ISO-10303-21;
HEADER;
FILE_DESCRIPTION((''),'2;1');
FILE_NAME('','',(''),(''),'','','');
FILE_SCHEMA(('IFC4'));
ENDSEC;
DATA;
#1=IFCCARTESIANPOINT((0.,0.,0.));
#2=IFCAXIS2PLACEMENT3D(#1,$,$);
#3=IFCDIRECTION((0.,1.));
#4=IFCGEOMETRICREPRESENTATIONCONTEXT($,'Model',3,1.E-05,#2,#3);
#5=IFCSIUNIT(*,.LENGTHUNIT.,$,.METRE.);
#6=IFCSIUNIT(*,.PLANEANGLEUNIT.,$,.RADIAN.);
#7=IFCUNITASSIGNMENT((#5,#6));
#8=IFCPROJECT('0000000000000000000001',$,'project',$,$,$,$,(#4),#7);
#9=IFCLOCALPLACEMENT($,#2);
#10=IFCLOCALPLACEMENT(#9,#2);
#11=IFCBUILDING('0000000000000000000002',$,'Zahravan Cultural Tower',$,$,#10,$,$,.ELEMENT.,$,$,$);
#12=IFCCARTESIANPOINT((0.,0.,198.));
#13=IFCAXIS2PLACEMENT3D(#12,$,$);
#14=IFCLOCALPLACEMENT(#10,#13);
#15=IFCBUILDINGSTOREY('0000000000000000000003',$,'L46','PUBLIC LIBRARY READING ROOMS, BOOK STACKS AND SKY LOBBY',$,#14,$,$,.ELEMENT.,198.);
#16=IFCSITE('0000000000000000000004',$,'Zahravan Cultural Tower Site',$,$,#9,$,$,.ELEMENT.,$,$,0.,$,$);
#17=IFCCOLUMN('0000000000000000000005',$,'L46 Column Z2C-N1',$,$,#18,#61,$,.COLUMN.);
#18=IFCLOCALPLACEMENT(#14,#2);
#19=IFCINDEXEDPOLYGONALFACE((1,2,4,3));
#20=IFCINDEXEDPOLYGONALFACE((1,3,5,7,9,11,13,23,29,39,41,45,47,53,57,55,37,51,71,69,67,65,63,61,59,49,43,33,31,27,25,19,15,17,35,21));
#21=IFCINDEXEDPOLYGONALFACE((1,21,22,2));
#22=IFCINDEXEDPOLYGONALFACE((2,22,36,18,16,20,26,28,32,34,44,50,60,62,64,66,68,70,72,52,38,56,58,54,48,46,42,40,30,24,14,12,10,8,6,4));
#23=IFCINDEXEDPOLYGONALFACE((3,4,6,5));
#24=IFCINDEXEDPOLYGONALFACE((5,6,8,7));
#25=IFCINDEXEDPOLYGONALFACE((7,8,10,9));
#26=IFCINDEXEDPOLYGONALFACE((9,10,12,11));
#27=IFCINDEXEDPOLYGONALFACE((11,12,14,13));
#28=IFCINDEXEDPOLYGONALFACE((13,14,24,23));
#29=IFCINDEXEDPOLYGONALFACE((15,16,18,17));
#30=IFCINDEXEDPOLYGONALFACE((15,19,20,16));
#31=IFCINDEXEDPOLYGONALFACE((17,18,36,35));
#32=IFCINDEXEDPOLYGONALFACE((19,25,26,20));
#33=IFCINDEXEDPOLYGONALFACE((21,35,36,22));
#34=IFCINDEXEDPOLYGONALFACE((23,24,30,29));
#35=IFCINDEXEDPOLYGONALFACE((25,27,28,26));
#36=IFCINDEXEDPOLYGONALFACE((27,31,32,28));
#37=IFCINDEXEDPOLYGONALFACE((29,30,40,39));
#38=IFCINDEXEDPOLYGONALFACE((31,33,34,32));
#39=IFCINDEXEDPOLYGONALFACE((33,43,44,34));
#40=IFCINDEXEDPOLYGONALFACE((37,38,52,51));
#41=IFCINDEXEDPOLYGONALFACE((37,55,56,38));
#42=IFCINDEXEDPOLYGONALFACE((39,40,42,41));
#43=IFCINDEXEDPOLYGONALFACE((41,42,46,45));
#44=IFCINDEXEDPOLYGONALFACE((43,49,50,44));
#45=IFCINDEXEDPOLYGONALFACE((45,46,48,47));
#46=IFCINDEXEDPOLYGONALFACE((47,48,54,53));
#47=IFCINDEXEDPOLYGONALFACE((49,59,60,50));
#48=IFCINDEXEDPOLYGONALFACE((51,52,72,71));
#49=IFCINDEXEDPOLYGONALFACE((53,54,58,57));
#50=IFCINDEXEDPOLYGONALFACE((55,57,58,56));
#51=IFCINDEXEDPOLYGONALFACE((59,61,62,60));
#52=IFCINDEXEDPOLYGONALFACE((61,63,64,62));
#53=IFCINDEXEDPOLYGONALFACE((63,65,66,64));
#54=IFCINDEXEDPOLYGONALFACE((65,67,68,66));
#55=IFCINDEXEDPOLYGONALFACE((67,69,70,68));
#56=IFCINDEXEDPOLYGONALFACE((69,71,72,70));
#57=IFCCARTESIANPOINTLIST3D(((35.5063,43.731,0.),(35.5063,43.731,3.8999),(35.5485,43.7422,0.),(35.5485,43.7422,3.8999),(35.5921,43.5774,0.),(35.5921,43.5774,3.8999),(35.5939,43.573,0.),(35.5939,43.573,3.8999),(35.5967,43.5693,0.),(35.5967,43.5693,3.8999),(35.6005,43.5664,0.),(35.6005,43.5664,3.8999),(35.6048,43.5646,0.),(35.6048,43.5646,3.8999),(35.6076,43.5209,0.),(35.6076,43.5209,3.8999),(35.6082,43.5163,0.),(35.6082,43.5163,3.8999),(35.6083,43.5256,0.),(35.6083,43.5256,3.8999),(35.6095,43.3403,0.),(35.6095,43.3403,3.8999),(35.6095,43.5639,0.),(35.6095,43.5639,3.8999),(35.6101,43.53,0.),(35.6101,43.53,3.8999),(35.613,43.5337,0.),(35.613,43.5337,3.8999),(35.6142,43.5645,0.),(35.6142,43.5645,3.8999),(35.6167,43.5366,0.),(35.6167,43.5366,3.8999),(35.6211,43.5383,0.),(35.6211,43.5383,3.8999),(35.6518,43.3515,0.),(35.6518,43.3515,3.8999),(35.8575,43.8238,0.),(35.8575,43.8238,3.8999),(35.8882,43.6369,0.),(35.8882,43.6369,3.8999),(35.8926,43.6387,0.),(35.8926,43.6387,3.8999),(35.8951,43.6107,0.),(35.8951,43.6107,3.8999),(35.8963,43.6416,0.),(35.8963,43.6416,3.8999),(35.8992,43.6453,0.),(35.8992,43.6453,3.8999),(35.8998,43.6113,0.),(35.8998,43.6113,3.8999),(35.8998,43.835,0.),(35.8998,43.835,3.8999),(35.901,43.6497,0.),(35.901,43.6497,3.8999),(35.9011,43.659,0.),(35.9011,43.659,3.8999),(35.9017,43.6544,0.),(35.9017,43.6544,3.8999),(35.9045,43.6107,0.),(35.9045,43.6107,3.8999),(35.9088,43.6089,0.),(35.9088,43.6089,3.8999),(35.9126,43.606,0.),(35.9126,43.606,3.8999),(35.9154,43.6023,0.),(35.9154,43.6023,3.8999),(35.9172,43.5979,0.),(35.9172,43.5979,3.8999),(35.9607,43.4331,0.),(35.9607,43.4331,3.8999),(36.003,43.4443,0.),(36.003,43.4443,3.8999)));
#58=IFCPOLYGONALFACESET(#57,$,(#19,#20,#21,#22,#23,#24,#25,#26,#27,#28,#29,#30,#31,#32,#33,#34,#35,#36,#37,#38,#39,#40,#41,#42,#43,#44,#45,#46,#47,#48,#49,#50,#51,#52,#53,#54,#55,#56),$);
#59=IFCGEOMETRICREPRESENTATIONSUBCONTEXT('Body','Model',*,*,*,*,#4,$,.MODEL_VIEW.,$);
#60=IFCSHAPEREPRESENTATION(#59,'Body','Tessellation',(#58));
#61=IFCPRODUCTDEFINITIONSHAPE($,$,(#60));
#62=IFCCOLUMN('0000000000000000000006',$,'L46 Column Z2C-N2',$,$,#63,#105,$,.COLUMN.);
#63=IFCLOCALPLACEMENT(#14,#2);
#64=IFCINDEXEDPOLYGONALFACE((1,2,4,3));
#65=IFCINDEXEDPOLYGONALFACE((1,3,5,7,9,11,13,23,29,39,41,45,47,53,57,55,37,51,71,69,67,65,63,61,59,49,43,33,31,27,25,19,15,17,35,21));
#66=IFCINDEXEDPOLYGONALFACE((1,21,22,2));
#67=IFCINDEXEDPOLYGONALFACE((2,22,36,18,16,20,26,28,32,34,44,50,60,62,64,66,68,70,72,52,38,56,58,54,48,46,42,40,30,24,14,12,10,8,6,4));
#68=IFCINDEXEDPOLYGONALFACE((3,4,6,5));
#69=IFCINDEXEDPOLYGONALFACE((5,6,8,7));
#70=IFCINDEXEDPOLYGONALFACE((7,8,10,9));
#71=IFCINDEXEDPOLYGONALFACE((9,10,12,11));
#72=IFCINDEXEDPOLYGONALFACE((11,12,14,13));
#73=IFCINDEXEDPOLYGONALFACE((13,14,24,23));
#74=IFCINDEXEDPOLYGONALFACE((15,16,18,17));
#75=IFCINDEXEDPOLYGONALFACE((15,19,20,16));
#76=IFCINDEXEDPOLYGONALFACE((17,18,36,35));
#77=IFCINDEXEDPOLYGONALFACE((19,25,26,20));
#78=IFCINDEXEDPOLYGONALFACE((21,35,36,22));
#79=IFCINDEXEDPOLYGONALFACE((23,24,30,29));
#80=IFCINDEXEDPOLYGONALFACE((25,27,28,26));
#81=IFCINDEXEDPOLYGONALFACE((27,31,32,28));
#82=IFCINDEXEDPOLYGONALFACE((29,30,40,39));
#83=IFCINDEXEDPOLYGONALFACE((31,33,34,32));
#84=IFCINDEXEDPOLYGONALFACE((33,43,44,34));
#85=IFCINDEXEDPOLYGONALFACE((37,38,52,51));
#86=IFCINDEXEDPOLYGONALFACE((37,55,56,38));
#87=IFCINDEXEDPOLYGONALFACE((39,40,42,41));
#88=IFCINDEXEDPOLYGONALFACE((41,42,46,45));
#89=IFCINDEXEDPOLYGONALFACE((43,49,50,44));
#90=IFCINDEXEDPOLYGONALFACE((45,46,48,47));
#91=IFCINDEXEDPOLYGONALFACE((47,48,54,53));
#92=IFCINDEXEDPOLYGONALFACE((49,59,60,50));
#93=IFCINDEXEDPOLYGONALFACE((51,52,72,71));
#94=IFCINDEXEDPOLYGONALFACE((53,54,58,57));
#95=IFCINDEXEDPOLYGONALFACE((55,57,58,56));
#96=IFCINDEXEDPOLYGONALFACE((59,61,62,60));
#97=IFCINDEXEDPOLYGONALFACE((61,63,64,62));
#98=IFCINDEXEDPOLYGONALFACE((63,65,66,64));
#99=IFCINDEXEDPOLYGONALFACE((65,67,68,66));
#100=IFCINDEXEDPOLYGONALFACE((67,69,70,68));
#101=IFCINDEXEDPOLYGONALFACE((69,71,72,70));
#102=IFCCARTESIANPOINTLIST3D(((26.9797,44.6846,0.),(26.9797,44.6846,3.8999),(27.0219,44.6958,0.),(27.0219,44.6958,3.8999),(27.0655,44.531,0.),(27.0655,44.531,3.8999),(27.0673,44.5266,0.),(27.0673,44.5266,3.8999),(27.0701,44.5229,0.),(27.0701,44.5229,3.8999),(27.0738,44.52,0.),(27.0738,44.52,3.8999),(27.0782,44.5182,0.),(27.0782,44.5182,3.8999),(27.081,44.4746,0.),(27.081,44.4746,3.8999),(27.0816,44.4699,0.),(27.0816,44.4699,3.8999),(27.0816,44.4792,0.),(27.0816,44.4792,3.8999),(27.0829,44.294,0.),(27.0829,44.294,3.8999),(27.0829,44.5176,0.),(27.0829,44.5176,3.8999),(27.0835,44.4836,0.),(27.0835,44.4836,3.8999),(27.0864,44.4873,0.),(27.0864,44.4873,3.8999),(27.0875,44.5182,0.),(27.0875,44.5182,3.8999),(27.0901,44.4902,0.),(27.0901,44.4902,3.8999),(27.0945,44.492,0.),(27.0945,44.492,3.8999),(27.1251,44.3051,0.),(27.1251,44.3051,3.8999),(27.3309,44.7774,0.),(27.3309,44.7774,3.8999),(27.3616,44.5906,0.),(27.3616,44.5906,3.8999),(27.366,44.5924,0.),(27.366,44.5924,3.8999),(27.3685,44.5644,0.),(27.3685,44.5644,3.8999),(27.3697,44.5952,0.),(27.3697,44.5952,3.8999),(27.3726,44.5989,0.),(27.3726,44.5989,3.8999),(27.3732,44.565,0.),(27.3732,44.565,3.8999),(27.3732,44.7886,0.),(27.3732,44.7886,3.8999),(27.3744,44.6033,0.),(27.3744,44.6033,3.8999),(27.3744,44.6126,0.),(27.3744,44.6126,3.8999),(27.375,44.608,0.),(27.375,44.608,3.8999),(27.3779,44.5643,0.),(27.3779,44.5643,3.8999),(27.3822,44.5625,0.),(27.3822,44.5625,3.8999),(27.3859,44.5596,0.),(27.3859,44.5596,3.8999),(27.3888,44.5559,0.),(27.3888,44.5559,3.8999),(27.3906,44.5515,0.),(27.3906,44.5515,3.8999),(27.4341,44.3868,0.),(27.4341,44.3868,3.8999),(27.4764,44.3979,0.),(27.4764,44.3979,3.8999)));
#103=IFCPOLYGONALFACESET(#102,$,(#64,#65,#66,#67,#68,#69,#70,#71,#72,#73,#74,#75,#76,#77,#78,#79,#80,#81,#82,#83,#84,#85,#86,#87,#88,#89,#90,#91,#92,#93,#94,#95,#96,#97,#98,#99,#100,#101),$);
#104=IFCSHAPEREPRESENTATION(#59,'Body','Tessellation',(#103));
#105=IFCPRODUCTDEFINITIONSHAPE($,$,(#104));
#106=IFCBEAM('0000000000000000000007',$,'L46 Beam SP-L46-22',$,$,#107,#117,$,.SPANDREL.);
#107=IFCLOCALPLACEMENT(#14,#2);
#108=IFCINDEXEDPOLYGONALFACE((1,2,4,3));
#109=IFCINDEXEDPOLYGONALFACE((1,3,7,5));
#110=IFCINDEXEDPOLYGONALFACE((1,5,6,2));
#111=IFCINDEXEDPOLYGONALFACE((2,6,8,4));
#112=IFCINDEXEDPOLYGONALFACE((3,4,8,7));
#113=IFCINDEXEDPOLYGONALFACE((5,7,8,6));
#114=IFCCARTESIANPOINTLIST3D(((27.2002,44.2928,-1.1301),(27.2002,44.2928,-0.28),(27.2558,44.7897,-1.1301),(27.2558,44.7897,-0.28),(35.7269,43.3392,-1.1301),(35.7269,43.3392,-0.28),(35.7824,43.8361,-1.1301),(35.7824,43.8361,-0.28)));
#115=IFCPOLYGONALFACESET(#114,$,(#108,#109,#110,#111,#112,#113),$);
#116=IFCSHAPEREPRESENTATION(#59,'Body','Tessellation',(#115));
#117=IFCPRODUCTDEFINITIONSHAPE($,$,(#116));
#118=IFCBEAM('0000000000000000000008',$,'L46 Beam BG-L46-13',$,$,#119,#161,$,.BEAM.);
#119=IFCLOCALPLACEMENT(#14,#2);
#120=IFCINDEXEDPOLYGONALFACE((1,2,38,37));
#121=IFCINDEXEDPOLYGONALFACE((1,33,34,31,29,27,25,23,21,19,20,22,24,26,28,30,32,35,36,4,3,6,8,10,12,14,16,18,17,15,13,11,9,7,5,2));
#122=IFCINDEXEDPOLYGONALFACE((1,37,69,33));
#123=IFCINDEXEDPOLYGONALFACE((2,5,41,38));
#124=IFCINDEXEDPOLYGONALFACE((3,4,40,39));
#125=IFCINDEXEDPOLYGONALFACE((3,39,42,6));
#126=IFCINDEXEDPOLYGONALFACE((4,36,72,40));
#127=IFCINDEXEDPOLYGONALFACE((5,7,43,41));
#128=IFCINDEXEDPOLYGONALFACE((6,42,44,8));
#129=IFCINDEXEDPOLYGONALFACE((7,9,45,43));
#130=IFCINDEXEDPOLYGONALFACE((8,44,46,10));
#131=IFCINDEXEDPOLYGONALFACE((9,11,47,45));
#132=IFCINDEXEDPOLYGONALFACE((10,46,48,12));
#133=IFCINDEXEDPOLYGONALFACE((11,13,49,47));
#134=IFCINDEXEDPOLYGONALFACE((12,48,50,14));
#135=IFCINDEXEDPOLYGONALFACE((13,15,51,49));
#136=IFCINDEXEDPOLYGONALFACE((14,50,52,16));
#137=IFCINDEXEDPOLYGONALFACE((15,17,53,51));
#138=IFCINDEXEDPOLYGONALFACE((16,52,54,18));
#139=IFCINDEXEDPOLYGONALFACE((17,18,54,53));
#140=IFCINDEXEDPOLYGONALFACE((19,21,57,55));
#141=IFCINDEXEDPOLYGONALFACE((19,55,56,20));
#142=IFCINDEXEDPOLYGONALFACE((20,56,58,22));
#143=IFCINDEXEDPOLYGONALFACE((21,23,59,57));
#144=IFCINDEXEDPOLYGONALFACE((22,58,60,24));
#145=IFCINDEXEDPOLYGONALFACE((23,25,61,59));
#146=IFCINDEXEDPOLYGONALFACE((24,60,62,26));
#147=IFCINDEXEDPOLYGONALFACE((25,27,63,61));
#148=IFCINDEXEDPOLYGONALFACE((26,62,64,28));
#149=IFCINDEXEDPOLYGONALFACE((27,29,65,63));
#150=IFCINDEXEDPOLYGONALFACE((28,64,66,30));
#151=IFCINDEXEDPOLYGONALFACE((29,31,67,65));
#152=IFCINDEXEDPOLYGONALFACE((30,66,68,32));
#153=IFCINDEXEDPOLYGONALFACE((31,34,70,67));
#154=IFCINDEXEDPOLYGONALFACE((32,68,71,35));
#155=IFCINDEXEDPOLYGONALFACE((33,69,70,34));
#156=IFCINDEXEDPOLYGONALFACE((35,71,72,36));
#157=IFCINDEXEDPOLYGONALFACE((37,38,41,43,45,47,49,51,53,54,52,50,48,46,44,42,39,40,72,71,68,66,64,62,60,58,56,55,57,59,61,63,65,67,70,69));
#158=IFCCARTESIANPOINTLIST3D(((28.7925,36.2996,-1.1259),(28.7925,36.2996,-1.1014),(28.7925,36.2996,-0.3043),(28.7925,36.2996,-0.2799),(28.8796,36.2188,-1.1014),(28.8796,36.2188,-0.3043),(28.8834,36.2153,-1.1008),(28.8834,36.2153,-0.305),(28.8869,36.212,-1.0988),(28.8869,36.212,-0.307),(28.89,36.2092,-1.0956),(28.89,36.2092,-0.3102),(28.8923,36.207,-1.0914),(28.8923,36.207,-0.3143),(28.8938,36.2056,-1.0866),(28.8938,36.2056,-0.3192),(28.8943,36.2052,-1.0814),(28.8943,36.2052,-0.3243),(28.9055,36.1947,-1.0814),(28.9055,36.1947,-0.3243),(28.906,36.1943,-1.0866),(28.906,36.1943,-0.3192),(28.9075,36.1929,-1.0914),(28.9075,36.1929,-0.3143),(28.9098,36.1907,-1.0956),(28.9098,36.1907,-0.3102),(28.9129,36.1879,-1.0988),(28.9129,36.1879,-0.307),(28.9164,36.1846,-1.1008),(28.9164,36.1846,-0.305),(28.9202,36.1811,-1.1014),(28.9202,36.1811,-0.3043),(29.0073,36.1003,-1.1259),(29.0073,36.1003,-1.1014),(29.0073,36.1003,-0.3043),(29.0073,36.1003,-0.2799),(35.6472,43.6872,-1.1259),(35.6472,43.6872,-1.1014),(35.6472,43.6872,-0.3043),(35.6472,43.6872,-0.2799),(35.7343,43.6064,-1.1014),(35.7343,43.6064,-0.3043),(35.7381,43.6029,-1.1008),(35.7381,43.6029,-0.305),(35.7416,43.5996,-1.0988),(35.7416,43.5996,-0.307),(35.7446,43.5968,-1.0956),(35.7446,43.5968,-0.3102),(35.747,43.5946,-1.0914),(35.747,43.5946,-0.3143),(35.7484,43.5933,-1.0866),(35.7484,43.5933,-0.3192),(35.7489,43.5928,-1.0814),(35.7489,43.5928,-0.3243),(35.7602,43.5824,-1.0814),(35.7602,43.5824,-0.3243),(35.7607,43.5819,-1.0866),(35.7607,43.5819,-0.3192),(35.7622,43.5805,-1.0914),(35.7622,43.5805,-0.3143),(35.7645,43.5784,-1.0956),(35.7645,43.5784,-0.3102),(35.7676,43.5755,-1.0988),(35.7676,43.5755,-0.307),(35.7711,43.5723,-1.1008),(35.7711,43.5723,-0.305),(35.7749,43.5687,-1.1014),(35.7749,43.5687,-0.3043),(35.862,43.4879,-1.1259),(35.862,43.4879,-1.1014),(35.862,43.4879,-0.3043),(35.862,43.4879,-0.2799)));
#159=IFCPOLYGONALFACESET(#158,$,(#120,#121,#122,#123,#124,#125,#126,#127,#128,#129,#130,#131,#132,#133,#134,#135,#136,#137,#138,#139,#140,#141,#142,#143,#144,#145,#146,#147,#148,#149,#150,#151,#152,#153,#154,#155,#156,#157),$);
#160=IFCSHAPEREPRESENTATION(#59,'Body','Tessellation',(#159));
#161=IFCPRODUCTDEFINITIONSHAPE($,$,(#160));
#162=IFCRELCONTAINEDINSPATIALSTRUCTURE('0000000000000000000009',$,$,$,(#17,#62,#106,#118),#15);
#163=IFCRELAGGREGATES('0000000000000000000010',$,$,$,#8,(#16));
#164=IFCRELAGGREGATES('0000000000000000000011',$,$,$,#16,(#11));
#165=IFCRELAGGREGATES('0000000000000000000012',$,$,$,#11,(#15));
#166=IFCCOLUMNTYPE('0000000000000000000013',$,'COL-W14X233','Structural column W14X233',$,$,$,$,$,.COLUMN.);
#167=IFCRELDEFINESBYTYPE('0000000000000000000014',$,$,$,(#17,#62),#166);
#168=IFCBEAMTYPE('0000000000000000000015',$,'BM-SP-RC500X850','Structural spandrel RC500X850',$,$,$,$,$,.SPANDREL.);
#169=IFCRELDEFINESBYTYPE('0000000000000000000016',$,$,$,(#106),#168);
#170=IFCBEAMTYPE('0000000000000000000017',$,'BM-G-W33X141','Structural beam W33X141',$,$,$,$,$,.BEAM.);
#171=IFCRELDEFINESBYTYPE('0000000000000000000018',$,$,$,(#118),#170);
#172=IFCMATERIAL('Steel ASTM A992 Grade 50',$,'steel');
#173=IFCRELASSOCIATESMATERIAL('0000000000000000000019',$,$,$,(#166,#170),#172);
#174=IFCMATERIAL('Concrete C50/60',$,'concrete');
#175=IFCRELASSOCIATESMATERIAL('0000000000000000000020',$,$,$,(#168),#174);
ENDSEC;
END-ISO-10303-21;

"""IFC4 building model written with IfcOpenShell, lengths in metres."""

from ifc_helpers import new_model, si_unit, direction, frame, origin, origin_2d, place, context, subcontext, project, spatial, rectangle, i_section, extrude, source, transform, mapped, material, material_profile, profile_set, type_object, element, save


model = new_model("IFC4")

# Units and contexts
model_context = context("Model", 3, precision=1e-05, world=origin(), true_north=direction((0.0, 1.0)))
body_context = subcontext(model_context, "Body", "Model", "MODEL_VIEW")
ifc_project = project(units=[si_unit("LENGTHUNIT", "METRE"), si_unit("PLANEANGLEUNIT", "RADIAN")], contexts=[model_context])

# Site, building, storey
site_placement = place(None, origin())
site = spatial("IfcSite", under=ifc_project, at=site_placement, Name="Zahravan Cultural Tower Site", CompositionType="ELEMENT", RefElevation=0.0)
building_placement = place(site_placement, origin())
building = spatial("IfcBuilding", under=site, at=building_placement, Name="Zahravan Cultural Tower", CompositionType="ELEMENT")
storey_placement = place(building_placement, frame((0.0, 0.0, 198.0)))
storey = spatial("IfcBuildingStorey", under=building, at=storey_placement, Name="L46", Description="PUBLIC LIBRARY READING ROOMS, BOOK STACKS AND SKY LOBBY", CompositionType="ELEMENT", Elevation=198.0)

# Columns
ifc_material_1 = material(Name="Steel ASTM A992 Grade 50", Category="steel")
ifc_material_profile_1 = material_profile(ifc_material_1, i_section(OverallWidth=0.4041, OverallDepth=0.407, WebThickness=0.0271, FlangeThickness=0.0437, FilletRadius=0.0181, at=origin_2d()), Name="W14X233")
ifc_profile_set_1 = profile_set([ifc_material_profile_1], Name="Steel ASTM A992 Grade 50")
column_type = type_object("IfcColumnType", Name="COL-W14X233", Description="Structural column W14X233", PredefinedType="COLUMN", material=ifc_profile_set_1)
shared_shape_1 = source(origin(), body_context, "Body", "SweptSolid", [
    extrude(i_section(OverallWidth=0.4041, OverallDepth=0.407, WebThickness=0.0271, FlangeThickness=0.0437, FilletRadius=0.0181, at=origin_2d()), origin(), (0.0, 0.0, 1.0), 3.8999),
])
for number, where, z_axis, x_axis, name in (
    (1, (35.7546, 43.5876, 0.0), (0.0, 0.0, 1.0), (-0.255446, 0.966823, 0.0), "L46 Column Z2C-N1"),
    (2, (27.228, 44.5413, 0.0), (0.0, 0.0, 1.0), (-0.255446, 0.966823, 0.0), "L46 Column Z2C-N2"),
):
    element("IfcColumn", number, at=place(storey_placement, frame(where, z_axis=z_axis, x_axis=x_axis)), inside=storey, type_object=column_type, Name=name, PredefinedType="COLUMN", context=body_context, shape_type="MappedRepresentation", body=[
        mapped(shared_shape_1, transform((0.0, 0.0, 0.0), x_axis=(1.0, 0.0, 0.0), y_axis=(0.0, 1.0, 0.0), z_axis=(0.0, 0.0, 1.0), scale=1.0)),
    ])

# Beams
ifc_material_2 = material(Name="Concrete C50/60", Category="concrete")
ifc_material_profile_2 = material_profile(ifc_material_2, rectangle(XDim=0.5, YDim=0.8501, at=origin_2d()), Name="RC500X850")
ifc_profile_set_2 = profile_set([ifc_material_profile_2], Name="Concrete C50/60")
beam_type_1 = type_object("IfcBeamType", Name="BM-SP-RC500X850", Description="Structural spandrel RC500X850", PredefinedType="SPANDREL", material=ifc_profile_set_2)
shared_shape_2 = source(origin(), body_context, "Body", "SweptSolid", [
    extrude(rectangle(XDim=0.5, YDim=0.8501, at=origin_2d()), origin(), (0.0, 0.0, 1.0), 8.5798),
])
beam_1_placement = place(storey_placement, frame((35.7546, 43.5876, -0.7051), z_axis=(-0.993804, 0.111147, 0.0), x_axis=(-0.111147, -0.993804, 0.0)))
element("IfcBeam", 3, at=beam_1_placement, inside=storey, type_object=beam_type_1, Name="L46 Beam SP-L46-22", PredefinedType="SPANDREL", context=body_context, shape_type="MappedRepresentation", body=[
    mapped(shared_shape_2, transform((0.0, 0.0, 0.0), x_axis=(1.0, 0.0, 0.0), y_axis=(0.0, 1.0, 0.0), z_axis=(0.0, 0.0, 1.0), scale=1.0)),
])
ifc_material_profile_3 = material_profile(ifc_material_1, i_section(OverallWidth=0.293, OverallDepth=0.8459, WebThickness=0.0154, FlangeThickness=0.0244, FilletRadius=0.02, at=origin_2d()), Name="W33X141")
ifc_profile_set_3 = profile_set([ifc_material_profile_3], Name="Steel ASTM A992 Grade 50")
beam_type_2 = type_object("IfcBeamType", Name="BM-G-W33X141", Description="Structural beam W33X141", PredefinedType="BEAM", material=ifc_profile_set_3)
shared_shape_3 = source(origin(), body_context, "Body", "SweptSolid", [
    extrude(i_section(OverallWidth=0.293, OverallDepth=0.8459, WebThickness=0.0154, FlangeThickness=0.0244, FilletRadius=0.02, at=origin_2d()), origin(), (0.0, 0.0, 1.0), 10.0779),
])
beam_2_placement = place(storey_placement, frame((28.8999, 36.2, -0.7029), z_axis=(0.68017, 0.733054, 0.0), x_axis=(-0.733054, 0.68017, 0.0)))
element("IfcBeam", 4, at=beam_2_placement, inside=storey, type_object=beam_type_2, Name="L46 Beam BG-L46-13", PredefinedType="BEAM", context=body_context, shape_type="MappedRepresentation", body=[
    mapped(shared_shape_3, transform((0.0, 0.0, 0.0), x_axis=(1.0, 0.0, 0.0), y_axis=(0.0, 1.0, 0.0), z_axis=(0.0, 0.0, 1.0), scale=1.0)),
])

save(model, "model.ifc")
